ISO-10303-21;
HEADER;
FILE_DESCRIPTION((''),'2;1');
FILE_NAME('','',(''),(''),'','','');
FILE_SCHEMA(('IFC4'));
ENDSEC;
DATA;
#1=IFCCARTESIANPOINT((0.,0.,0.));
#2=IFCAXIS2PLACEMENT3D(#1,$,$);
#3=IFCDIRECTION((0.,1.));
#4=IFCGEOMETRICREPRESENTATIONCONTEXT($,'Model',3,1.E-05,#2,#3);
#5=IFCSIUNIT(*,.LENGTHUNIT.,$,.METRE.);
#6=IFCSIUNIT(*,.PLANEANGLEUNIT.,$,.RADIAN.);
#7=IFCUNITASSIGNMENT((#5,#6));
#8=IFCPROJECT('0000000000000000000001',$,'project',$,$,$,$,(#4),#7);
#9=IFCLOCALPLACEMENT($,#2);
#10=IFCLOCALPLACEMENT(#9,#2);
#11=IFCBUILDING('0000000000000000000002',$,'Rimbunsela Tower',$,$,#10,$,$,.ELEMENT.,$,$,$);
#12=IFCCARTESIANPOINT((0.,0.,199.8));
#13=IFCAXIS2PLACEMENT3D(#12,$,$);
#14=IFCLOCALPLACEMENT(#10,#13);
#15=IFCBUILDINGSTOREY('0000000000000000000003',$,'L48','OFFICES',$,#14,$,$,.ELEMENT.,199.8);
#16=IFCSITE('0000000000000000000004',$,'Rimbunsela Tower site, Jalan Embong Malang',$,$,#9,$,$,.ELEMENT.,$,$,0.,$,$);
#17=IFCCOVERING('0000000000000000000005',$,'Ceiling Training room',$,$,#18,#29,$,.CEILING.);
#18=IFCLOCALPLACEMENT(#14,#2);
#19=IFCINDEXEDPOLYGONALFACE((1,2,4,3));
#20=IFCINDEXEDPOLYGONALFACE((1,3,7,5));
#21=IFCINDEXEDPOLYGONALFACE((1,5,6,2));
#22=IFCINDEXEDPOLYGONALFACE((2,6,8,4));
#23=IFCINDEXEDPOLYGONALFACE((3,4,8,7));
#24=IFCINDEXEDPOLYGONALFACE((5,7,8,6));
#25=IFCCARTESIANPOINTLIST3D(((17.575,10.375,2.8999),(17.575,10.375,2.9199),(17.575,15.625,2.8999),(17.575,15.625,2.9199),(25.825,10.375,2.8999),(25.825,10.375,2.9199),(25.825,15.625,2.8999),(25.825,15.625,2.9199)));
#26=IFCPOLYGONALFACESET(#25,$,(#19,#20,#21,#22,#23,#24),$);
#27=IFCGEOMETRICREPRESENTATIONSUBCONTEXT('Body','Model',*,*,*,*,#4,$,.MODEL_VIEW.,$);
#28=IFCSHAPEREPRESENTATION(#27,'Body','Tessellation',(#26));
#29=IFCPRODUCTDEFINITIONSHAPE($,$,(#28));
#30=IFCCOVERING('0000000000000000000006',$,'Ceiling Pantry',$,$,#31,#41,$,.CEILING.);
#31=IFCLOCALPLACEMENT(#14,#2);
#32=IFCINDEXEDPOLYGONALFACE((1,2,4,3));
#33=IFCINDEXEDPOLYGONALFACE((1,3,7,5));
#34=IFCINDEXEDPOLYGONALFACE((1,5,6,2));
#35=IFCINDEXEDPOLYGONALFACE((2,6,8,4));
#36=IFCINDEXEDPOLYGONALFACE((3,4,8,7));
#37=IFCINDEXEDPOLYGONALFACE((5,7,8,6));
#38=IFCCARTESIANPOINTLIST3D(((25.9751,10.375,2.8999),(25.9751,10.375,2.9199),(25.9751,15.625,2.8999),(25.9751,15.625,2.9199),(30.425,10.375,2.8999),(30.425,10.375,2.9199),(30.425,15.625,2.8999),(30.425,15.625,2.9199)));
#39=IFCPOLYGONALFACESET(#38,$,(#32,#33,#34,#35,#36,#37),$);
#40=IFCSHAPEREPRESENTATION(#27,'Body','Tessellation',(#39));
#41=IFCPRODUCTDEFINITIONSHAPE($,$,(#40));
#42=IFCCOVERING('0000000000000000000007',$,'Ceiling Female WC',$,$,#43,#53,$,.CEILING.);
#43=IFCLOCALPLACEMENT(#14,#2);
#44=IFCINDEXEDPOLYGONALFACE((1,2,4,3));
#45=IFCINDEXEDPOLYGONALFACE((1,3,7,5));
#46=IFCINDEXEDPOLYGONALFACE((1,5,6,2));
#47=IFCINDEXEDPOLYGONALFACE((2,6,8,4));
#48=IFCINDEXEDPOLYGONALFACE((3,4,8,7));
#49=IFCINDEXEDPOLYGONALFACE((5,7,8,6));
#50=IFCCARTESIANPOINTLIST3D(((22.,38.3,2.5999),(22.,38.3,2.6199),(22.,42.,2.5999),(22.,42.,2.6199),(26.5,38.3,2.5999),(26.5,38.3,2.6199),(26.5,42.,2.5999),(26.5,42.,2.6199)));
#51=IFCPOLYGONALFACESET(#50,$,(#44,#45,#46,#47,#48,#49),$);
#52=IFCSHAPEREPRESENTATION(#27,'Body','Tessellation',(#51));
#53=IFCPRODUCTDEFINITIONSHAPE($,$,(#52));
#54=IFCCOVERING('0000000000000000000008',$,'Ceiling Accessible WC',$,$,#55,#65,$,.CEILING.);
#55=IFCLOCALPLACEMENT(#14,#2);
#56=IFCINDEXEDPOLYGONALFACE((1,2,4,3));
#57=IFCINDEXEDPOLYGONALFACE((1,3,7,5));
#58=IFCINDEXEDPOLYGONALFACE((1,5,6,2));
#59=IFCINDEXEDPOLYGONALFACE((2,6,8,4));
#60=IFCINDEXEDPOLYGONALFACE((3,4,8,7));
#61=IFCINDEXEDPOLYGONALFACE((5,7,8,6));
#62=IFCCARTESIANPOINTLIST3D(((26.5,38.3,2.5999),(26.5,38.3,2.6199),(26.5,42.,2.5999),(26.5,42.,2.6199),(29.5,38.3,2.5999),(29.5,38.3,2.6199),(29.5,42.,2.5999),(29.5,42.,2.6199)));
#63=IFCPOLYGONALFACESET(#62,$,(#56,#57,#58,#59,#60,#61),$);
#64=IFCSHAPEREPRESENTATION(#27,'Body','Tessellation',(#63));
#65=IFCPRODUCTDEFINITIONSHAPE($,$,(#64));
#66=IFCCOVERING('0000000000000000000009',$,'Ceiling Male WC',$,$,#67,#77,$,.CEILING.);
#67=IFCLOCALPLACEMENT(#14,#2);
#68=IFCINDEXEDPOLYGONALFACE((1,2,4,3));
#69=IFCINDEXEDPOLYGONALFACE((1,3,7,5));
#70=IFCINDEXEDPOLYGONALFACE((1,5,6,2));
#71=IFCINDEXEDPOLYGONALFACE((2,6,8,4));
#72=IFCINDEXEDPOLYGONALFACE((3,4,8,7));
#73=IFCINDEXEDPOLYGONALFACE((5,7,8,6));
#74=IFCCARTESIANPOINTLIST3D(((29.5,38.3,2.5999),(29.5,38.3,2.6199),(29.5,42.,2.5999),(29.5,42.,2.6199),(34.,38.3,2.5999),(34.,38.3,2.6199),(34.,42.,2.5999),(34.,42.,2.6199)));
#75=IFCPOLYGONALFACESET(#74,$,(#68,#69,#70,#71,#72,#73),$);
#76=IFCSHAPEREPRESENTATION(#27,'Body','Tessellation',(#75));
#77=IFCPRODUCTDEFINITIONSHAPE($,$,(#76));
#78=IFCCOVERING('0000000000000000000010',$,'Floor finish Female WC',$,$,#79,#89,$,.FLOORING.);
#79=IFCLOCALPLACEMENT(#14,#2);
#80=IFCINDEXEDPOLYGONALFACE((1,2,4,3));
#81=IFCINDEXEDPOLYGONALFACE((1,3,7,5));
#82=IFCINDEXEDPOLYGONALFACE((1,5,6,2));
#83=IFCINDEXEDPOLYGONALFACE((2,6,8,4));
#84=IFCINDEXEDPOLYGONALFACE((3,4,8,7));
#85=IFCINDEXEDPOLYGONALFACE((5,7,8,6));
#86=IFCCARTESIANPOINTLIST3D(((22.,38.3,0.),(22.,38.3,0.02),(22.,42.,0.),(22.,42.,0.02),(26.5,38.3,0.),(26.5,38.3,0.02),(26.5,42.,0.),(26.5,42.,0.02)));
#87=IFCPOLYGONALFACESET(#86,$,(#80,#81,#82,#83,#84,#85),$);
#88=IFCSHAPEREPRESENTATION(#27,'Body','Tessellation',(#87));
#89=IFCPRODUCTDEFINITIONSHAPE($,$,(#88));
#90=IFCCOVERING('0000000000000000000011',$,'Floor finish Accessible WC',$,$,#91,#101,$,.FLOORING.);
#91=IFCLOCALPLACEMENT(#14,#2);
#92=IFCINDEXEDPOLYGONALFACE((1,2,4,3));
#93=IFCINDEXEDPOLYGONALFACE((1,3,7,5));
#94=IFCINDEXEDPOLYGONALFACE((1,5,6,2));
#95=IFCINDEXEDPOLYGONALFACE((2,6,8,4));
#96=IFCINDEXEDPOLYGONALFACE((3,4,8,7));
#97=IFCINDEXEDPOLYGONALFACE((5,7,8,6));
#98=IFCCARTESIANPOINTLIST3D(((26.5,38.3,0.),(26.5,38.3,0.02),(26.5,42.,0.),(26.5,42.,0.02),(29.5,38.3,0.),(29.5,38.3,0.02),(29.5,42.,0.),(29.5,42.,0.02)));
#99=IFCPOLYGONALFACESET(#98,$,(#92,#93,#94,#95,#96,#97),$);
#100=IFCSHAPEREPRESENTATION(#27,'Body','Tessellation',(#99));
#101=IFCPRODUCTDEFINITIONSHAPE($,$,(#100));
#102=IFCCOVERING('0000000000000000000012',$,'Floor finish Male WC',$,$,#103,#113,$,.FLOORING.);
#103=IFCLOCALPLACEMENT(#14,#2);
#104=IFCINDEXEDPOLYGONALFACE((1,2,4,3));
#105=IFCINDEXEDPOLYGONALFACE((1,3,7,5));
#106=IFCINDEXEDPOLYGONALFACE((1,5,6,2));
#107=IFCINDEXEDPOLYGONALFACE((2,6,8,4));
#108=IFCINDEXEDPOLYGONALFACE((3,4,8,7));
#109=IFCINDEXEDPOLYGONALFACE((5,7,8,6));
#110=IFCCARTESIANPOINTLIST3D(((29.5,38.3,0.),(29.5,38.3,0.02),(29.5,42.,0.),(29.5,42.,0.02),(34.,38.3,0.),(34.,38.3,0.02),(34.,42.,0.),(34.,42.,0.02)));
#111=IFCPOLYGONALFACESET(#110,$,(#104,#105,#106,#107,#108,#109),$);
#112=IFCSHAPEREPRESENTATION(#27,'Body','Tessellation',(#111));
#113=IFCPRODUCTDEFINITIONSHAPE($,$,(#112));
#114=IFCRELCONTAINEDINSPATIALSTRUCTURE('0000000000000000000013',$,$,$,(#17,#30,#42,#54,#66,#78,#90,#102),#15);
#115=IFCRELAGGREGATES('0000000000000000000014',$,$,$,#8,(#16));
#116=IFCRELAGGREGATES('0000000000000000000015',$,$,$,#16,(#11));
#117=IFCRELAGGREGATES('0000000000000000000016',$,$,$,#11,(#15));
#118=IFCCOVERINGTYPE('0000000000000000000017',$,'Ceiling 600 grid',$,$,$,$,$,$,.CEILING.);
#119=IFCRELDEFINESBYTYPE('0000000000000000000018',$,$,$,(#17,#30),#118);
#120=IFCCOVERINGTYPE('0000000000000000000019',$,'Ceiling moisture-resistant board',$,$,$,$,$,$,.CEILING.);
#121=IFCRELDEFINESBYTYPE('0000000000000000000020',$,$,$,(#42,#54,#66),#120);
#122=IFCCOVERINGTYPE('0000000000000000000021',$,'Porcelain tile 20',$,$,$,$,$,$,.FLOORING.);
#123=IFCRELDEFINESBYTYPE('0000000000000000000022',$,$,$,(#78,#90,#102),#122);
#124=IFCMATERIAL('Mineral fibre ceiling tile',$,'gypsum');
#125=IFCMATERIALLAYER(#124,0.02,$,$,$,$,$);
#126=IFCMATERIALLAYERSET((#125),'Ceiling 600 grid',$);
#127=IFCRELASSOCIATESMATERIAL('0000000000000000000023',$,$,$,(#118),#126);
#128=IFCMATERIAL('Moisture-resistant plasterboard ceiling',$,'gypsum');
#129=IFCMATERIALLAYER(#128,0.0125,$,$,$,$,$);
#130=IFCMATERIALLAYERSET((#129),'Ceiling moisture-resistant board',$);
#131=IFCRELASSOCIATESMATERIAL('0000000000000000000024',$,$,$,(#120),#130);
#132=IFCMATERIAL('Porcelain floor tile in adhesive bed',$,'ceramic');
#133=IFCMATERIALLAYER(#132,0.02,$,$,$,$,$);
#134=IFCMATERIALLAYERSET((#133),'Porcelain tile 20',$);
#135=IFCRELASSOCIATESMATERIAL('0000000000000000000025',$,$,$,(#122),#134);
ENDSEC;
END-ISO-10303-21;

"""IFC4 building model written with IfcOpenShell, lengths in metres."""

from ifc_helpers import new_model, si_unit, direction, frame, origin, place, context, subcontext, project, spatial, polyline, outline, extrude, material, layer, layer_set, type_object, element, save


model = new_model("IFC4")

# Units and contexts
model_context = context("Model", 3, precision=1e-05, world=origin(), true_north=direction((0.0, 1.0)))
body_context = subcontext(model_context, "Body", "Model", "MODEL_VIEW")
ifc_project = project(units=[si_unit("LENGTHUNIT", "METRE"), si_unit("PLANEANGLEUNIT", "RADIAN")], contexts=[model_context])

# Site, building, storey
site_placement = place(None, origin())
site = spatial("IfcSite", under=ifc_project, at=site_placement, Name="Rimbunsela Tower site, Jalan Embong Malang", CompositionType="ELEMENT", RefElevation=0.0)
building_placement = place(site_placement, origin())
building = spatial("IfcBuilding", under=site, at=building_placement, Name="Rimbunsela Tower", CompositionType="ELEMENT")
storey_placement = place(building_placement, frame((0.0, 0.0, 199.8)))
storey = spatial("IfcBuildingStorey", under=building, at=storey_placement, Name="L48", Description="OFFICES", CompositionType="ELEMENT", Elevation=199.8)

# Coverings
ifc_material_1 = material(Name="Mineral fibre ceiling tile", Category="gypsum")
ifc_layer_1 = layer(ifc_material_1, 0.02)
ifc_layer_set_1 = layer_set([ifc_layer_1], Name="Ceiling 600 grid")
covering_type_1 = type_object("IfcCoveringType", Name="Ceiling 600 grid", PredefinedType="CEILING", material=ifc_layer_set_1)
covering_1_placement = place(storey_placement, frame((0.0, 0.0, 2.8999)))
element("IfcCovering", 1, at=covering_1_placement, inside=storey, type_object=covering_type_1, Name="Ceiling Training room", PredefinedType="CEILING", context=body_context, shape_type="SweptSolid", body=[
    extrude(outline(polyline([(25.825, 10.375), (25.825, 15.625), (17.575, 15.625), (17.575, 10.375), (25.825, 10.375)])), origin(), (0.0, 0.0, 1.0), 0.02),
])
covering_2_placement = place(storey_placement, frame((0.0, 0.0, 2.8999)))
element("IfcCovering", 2, at=covering_2_placement, inside=storey, type_object=covering_type_1, Name="Ceiling Pantry", PredefinedType="CEILING", context=body_context, shape_type="SweptSolid", body=[
    extrude(outline(polyline([(30.425, 10.375), (30.425, 15.625), (25.9751, 15.625), (25.9751, 10.375), (30.425, 10.375)])), origin(), (0.0, 0.0, 1.0), 0.02),
])
ifc_material_2 = material(Name="Moisture-resistant plasterboard ceiling", Category="gypsum")
ifc_layer_2 = layer(ifc_material_2, 0.0125)
ifc_layer_set_2 = layer_set([ifc_layer_2], Name="Ceiling moisture-resistant board")
covering_type_2 = type_object("IfcCoveringType", Name="Ceiling moisture-resistant board", PredefinedType="CEILING", material=ifc_layer_set_2)
covering_3_placement = place(storey_placement, frame((0.0, 0.0, 2.5999)))
element("IfcCovering", 3, at=covering_3_placement, inside=storey, type_object=covering_type_2, Name="Ceiling Female WC", PredefinedType="CEILING", context=body_context, shape_type="SweptSolid", body=[
    extrude(outline(polyline([(26.5, 38.3), (26.5, 42.0), (22.0, 42.0), (22.0, 38.3), (26.5, 38.3)])), origin(), (0.0, 0.0, 1.0), 0.02),
])
covering_4_placement = place(storey_placement, frame((0.0, 0.0, 2.5999)))
element("IfcCovering", 4, at=covering_4_placement, inside=storey, type_object=covering_type_2, Name="Ceiling Accessible WC", PredefinedType="CEILING", context=body_context, shape_type="SweptSolid", body=[
    extrude(outline(polyline([(29.5, 38.3), (29.5, 42.0), (26.5, 42.0), (26.5, 38.3), (29.5, 38.3)])), origin(), (0.0, 0.0, 1.0), 0.02),
])
covering_5_placement = place(storey_placement, frame((0.0, 0.0, 2.5999)))
element("IfcCovering", 5, at=covering_5_placement, inside=storey, type_object=covering_type_2, Name="Ceiling Male WC", PredefinedType="CEILING", context=body_context, shape_type="SweptSolid", body=[
    extrude(outline(polyline([(34.0, 38.3), (34.0, 42.0), (29.5, 42.0), (29.5, 38.3), (34.0, 38.3)])), origin(), (0.0, 0.0, 1.0), 0.02),
])
ifc_material_3 = material(Name="Porcelain floor tile in adhesive bed", Category="ceramic")
ifc_layer_3 = layer(ifc_material_3, 0.02)
ifc_layer_set_3 = layer_set([ifc_layer_3], Name="Porcelain tile 20")
covering_type_3 = type_object("IfcCoveringType", Name="Porcelain tile 20", PredefinedType="FLOORING", material=ifc_layer_set_3)
covering_6_placement = place(storey_placement, origin())
element("IfcCovering", 6, at=covering_6_placement, inside=storey, type_object=covering_type_3, Name="Floor finish Female WC", PredefinedType="FLOORING", context=body_context, shape_type="SweptSolid", body=[
    extrude(outline(polyline([(26.5, 38.3), (26.5, 42.0), (22.0, 42.0), (22.0, 38.3), (26.5, 38.3)])), origin(), (0.0, 0.0, 1.0), 0.02),
])
covering_7_placement = place(storey_placement, origin())
element("IfcCovering", 7, at=covering_7_placement, inside=storey, type_object=covering_type_3, Name="Floor finish Accessible WC", PredefinedType="FLOORING", context=body_context, shape_type="SweptSolid", body=[
    extrude(outline(polyline([(29.5, 38.3), (29.5, 42.0), (26.5, 42.0), (26.5, 38.3), (29.5, 38.3)])), origin(), (0.0, 0.0, 1.0), 0.02),
])
covering_8_placement = place(storey_placement, origin())
element("IfcCovering", 8, at=covering_8_placement, inside=storey, type_object=covering_type_3, Name="Floor finish Male WC", PredefinedType="FLOORING", context=body_context, shape_type="SweptSolid", body=[
    extrude(outline(polyline([(34.0, 38.3), (34.0, 42.0), (29.5, 42.0), (29.5, 38.3), (34.0, 38.3)])), origin(), (0.0, 0.0, 1.0), 0.02),
])

save(model, "model.ifc")
